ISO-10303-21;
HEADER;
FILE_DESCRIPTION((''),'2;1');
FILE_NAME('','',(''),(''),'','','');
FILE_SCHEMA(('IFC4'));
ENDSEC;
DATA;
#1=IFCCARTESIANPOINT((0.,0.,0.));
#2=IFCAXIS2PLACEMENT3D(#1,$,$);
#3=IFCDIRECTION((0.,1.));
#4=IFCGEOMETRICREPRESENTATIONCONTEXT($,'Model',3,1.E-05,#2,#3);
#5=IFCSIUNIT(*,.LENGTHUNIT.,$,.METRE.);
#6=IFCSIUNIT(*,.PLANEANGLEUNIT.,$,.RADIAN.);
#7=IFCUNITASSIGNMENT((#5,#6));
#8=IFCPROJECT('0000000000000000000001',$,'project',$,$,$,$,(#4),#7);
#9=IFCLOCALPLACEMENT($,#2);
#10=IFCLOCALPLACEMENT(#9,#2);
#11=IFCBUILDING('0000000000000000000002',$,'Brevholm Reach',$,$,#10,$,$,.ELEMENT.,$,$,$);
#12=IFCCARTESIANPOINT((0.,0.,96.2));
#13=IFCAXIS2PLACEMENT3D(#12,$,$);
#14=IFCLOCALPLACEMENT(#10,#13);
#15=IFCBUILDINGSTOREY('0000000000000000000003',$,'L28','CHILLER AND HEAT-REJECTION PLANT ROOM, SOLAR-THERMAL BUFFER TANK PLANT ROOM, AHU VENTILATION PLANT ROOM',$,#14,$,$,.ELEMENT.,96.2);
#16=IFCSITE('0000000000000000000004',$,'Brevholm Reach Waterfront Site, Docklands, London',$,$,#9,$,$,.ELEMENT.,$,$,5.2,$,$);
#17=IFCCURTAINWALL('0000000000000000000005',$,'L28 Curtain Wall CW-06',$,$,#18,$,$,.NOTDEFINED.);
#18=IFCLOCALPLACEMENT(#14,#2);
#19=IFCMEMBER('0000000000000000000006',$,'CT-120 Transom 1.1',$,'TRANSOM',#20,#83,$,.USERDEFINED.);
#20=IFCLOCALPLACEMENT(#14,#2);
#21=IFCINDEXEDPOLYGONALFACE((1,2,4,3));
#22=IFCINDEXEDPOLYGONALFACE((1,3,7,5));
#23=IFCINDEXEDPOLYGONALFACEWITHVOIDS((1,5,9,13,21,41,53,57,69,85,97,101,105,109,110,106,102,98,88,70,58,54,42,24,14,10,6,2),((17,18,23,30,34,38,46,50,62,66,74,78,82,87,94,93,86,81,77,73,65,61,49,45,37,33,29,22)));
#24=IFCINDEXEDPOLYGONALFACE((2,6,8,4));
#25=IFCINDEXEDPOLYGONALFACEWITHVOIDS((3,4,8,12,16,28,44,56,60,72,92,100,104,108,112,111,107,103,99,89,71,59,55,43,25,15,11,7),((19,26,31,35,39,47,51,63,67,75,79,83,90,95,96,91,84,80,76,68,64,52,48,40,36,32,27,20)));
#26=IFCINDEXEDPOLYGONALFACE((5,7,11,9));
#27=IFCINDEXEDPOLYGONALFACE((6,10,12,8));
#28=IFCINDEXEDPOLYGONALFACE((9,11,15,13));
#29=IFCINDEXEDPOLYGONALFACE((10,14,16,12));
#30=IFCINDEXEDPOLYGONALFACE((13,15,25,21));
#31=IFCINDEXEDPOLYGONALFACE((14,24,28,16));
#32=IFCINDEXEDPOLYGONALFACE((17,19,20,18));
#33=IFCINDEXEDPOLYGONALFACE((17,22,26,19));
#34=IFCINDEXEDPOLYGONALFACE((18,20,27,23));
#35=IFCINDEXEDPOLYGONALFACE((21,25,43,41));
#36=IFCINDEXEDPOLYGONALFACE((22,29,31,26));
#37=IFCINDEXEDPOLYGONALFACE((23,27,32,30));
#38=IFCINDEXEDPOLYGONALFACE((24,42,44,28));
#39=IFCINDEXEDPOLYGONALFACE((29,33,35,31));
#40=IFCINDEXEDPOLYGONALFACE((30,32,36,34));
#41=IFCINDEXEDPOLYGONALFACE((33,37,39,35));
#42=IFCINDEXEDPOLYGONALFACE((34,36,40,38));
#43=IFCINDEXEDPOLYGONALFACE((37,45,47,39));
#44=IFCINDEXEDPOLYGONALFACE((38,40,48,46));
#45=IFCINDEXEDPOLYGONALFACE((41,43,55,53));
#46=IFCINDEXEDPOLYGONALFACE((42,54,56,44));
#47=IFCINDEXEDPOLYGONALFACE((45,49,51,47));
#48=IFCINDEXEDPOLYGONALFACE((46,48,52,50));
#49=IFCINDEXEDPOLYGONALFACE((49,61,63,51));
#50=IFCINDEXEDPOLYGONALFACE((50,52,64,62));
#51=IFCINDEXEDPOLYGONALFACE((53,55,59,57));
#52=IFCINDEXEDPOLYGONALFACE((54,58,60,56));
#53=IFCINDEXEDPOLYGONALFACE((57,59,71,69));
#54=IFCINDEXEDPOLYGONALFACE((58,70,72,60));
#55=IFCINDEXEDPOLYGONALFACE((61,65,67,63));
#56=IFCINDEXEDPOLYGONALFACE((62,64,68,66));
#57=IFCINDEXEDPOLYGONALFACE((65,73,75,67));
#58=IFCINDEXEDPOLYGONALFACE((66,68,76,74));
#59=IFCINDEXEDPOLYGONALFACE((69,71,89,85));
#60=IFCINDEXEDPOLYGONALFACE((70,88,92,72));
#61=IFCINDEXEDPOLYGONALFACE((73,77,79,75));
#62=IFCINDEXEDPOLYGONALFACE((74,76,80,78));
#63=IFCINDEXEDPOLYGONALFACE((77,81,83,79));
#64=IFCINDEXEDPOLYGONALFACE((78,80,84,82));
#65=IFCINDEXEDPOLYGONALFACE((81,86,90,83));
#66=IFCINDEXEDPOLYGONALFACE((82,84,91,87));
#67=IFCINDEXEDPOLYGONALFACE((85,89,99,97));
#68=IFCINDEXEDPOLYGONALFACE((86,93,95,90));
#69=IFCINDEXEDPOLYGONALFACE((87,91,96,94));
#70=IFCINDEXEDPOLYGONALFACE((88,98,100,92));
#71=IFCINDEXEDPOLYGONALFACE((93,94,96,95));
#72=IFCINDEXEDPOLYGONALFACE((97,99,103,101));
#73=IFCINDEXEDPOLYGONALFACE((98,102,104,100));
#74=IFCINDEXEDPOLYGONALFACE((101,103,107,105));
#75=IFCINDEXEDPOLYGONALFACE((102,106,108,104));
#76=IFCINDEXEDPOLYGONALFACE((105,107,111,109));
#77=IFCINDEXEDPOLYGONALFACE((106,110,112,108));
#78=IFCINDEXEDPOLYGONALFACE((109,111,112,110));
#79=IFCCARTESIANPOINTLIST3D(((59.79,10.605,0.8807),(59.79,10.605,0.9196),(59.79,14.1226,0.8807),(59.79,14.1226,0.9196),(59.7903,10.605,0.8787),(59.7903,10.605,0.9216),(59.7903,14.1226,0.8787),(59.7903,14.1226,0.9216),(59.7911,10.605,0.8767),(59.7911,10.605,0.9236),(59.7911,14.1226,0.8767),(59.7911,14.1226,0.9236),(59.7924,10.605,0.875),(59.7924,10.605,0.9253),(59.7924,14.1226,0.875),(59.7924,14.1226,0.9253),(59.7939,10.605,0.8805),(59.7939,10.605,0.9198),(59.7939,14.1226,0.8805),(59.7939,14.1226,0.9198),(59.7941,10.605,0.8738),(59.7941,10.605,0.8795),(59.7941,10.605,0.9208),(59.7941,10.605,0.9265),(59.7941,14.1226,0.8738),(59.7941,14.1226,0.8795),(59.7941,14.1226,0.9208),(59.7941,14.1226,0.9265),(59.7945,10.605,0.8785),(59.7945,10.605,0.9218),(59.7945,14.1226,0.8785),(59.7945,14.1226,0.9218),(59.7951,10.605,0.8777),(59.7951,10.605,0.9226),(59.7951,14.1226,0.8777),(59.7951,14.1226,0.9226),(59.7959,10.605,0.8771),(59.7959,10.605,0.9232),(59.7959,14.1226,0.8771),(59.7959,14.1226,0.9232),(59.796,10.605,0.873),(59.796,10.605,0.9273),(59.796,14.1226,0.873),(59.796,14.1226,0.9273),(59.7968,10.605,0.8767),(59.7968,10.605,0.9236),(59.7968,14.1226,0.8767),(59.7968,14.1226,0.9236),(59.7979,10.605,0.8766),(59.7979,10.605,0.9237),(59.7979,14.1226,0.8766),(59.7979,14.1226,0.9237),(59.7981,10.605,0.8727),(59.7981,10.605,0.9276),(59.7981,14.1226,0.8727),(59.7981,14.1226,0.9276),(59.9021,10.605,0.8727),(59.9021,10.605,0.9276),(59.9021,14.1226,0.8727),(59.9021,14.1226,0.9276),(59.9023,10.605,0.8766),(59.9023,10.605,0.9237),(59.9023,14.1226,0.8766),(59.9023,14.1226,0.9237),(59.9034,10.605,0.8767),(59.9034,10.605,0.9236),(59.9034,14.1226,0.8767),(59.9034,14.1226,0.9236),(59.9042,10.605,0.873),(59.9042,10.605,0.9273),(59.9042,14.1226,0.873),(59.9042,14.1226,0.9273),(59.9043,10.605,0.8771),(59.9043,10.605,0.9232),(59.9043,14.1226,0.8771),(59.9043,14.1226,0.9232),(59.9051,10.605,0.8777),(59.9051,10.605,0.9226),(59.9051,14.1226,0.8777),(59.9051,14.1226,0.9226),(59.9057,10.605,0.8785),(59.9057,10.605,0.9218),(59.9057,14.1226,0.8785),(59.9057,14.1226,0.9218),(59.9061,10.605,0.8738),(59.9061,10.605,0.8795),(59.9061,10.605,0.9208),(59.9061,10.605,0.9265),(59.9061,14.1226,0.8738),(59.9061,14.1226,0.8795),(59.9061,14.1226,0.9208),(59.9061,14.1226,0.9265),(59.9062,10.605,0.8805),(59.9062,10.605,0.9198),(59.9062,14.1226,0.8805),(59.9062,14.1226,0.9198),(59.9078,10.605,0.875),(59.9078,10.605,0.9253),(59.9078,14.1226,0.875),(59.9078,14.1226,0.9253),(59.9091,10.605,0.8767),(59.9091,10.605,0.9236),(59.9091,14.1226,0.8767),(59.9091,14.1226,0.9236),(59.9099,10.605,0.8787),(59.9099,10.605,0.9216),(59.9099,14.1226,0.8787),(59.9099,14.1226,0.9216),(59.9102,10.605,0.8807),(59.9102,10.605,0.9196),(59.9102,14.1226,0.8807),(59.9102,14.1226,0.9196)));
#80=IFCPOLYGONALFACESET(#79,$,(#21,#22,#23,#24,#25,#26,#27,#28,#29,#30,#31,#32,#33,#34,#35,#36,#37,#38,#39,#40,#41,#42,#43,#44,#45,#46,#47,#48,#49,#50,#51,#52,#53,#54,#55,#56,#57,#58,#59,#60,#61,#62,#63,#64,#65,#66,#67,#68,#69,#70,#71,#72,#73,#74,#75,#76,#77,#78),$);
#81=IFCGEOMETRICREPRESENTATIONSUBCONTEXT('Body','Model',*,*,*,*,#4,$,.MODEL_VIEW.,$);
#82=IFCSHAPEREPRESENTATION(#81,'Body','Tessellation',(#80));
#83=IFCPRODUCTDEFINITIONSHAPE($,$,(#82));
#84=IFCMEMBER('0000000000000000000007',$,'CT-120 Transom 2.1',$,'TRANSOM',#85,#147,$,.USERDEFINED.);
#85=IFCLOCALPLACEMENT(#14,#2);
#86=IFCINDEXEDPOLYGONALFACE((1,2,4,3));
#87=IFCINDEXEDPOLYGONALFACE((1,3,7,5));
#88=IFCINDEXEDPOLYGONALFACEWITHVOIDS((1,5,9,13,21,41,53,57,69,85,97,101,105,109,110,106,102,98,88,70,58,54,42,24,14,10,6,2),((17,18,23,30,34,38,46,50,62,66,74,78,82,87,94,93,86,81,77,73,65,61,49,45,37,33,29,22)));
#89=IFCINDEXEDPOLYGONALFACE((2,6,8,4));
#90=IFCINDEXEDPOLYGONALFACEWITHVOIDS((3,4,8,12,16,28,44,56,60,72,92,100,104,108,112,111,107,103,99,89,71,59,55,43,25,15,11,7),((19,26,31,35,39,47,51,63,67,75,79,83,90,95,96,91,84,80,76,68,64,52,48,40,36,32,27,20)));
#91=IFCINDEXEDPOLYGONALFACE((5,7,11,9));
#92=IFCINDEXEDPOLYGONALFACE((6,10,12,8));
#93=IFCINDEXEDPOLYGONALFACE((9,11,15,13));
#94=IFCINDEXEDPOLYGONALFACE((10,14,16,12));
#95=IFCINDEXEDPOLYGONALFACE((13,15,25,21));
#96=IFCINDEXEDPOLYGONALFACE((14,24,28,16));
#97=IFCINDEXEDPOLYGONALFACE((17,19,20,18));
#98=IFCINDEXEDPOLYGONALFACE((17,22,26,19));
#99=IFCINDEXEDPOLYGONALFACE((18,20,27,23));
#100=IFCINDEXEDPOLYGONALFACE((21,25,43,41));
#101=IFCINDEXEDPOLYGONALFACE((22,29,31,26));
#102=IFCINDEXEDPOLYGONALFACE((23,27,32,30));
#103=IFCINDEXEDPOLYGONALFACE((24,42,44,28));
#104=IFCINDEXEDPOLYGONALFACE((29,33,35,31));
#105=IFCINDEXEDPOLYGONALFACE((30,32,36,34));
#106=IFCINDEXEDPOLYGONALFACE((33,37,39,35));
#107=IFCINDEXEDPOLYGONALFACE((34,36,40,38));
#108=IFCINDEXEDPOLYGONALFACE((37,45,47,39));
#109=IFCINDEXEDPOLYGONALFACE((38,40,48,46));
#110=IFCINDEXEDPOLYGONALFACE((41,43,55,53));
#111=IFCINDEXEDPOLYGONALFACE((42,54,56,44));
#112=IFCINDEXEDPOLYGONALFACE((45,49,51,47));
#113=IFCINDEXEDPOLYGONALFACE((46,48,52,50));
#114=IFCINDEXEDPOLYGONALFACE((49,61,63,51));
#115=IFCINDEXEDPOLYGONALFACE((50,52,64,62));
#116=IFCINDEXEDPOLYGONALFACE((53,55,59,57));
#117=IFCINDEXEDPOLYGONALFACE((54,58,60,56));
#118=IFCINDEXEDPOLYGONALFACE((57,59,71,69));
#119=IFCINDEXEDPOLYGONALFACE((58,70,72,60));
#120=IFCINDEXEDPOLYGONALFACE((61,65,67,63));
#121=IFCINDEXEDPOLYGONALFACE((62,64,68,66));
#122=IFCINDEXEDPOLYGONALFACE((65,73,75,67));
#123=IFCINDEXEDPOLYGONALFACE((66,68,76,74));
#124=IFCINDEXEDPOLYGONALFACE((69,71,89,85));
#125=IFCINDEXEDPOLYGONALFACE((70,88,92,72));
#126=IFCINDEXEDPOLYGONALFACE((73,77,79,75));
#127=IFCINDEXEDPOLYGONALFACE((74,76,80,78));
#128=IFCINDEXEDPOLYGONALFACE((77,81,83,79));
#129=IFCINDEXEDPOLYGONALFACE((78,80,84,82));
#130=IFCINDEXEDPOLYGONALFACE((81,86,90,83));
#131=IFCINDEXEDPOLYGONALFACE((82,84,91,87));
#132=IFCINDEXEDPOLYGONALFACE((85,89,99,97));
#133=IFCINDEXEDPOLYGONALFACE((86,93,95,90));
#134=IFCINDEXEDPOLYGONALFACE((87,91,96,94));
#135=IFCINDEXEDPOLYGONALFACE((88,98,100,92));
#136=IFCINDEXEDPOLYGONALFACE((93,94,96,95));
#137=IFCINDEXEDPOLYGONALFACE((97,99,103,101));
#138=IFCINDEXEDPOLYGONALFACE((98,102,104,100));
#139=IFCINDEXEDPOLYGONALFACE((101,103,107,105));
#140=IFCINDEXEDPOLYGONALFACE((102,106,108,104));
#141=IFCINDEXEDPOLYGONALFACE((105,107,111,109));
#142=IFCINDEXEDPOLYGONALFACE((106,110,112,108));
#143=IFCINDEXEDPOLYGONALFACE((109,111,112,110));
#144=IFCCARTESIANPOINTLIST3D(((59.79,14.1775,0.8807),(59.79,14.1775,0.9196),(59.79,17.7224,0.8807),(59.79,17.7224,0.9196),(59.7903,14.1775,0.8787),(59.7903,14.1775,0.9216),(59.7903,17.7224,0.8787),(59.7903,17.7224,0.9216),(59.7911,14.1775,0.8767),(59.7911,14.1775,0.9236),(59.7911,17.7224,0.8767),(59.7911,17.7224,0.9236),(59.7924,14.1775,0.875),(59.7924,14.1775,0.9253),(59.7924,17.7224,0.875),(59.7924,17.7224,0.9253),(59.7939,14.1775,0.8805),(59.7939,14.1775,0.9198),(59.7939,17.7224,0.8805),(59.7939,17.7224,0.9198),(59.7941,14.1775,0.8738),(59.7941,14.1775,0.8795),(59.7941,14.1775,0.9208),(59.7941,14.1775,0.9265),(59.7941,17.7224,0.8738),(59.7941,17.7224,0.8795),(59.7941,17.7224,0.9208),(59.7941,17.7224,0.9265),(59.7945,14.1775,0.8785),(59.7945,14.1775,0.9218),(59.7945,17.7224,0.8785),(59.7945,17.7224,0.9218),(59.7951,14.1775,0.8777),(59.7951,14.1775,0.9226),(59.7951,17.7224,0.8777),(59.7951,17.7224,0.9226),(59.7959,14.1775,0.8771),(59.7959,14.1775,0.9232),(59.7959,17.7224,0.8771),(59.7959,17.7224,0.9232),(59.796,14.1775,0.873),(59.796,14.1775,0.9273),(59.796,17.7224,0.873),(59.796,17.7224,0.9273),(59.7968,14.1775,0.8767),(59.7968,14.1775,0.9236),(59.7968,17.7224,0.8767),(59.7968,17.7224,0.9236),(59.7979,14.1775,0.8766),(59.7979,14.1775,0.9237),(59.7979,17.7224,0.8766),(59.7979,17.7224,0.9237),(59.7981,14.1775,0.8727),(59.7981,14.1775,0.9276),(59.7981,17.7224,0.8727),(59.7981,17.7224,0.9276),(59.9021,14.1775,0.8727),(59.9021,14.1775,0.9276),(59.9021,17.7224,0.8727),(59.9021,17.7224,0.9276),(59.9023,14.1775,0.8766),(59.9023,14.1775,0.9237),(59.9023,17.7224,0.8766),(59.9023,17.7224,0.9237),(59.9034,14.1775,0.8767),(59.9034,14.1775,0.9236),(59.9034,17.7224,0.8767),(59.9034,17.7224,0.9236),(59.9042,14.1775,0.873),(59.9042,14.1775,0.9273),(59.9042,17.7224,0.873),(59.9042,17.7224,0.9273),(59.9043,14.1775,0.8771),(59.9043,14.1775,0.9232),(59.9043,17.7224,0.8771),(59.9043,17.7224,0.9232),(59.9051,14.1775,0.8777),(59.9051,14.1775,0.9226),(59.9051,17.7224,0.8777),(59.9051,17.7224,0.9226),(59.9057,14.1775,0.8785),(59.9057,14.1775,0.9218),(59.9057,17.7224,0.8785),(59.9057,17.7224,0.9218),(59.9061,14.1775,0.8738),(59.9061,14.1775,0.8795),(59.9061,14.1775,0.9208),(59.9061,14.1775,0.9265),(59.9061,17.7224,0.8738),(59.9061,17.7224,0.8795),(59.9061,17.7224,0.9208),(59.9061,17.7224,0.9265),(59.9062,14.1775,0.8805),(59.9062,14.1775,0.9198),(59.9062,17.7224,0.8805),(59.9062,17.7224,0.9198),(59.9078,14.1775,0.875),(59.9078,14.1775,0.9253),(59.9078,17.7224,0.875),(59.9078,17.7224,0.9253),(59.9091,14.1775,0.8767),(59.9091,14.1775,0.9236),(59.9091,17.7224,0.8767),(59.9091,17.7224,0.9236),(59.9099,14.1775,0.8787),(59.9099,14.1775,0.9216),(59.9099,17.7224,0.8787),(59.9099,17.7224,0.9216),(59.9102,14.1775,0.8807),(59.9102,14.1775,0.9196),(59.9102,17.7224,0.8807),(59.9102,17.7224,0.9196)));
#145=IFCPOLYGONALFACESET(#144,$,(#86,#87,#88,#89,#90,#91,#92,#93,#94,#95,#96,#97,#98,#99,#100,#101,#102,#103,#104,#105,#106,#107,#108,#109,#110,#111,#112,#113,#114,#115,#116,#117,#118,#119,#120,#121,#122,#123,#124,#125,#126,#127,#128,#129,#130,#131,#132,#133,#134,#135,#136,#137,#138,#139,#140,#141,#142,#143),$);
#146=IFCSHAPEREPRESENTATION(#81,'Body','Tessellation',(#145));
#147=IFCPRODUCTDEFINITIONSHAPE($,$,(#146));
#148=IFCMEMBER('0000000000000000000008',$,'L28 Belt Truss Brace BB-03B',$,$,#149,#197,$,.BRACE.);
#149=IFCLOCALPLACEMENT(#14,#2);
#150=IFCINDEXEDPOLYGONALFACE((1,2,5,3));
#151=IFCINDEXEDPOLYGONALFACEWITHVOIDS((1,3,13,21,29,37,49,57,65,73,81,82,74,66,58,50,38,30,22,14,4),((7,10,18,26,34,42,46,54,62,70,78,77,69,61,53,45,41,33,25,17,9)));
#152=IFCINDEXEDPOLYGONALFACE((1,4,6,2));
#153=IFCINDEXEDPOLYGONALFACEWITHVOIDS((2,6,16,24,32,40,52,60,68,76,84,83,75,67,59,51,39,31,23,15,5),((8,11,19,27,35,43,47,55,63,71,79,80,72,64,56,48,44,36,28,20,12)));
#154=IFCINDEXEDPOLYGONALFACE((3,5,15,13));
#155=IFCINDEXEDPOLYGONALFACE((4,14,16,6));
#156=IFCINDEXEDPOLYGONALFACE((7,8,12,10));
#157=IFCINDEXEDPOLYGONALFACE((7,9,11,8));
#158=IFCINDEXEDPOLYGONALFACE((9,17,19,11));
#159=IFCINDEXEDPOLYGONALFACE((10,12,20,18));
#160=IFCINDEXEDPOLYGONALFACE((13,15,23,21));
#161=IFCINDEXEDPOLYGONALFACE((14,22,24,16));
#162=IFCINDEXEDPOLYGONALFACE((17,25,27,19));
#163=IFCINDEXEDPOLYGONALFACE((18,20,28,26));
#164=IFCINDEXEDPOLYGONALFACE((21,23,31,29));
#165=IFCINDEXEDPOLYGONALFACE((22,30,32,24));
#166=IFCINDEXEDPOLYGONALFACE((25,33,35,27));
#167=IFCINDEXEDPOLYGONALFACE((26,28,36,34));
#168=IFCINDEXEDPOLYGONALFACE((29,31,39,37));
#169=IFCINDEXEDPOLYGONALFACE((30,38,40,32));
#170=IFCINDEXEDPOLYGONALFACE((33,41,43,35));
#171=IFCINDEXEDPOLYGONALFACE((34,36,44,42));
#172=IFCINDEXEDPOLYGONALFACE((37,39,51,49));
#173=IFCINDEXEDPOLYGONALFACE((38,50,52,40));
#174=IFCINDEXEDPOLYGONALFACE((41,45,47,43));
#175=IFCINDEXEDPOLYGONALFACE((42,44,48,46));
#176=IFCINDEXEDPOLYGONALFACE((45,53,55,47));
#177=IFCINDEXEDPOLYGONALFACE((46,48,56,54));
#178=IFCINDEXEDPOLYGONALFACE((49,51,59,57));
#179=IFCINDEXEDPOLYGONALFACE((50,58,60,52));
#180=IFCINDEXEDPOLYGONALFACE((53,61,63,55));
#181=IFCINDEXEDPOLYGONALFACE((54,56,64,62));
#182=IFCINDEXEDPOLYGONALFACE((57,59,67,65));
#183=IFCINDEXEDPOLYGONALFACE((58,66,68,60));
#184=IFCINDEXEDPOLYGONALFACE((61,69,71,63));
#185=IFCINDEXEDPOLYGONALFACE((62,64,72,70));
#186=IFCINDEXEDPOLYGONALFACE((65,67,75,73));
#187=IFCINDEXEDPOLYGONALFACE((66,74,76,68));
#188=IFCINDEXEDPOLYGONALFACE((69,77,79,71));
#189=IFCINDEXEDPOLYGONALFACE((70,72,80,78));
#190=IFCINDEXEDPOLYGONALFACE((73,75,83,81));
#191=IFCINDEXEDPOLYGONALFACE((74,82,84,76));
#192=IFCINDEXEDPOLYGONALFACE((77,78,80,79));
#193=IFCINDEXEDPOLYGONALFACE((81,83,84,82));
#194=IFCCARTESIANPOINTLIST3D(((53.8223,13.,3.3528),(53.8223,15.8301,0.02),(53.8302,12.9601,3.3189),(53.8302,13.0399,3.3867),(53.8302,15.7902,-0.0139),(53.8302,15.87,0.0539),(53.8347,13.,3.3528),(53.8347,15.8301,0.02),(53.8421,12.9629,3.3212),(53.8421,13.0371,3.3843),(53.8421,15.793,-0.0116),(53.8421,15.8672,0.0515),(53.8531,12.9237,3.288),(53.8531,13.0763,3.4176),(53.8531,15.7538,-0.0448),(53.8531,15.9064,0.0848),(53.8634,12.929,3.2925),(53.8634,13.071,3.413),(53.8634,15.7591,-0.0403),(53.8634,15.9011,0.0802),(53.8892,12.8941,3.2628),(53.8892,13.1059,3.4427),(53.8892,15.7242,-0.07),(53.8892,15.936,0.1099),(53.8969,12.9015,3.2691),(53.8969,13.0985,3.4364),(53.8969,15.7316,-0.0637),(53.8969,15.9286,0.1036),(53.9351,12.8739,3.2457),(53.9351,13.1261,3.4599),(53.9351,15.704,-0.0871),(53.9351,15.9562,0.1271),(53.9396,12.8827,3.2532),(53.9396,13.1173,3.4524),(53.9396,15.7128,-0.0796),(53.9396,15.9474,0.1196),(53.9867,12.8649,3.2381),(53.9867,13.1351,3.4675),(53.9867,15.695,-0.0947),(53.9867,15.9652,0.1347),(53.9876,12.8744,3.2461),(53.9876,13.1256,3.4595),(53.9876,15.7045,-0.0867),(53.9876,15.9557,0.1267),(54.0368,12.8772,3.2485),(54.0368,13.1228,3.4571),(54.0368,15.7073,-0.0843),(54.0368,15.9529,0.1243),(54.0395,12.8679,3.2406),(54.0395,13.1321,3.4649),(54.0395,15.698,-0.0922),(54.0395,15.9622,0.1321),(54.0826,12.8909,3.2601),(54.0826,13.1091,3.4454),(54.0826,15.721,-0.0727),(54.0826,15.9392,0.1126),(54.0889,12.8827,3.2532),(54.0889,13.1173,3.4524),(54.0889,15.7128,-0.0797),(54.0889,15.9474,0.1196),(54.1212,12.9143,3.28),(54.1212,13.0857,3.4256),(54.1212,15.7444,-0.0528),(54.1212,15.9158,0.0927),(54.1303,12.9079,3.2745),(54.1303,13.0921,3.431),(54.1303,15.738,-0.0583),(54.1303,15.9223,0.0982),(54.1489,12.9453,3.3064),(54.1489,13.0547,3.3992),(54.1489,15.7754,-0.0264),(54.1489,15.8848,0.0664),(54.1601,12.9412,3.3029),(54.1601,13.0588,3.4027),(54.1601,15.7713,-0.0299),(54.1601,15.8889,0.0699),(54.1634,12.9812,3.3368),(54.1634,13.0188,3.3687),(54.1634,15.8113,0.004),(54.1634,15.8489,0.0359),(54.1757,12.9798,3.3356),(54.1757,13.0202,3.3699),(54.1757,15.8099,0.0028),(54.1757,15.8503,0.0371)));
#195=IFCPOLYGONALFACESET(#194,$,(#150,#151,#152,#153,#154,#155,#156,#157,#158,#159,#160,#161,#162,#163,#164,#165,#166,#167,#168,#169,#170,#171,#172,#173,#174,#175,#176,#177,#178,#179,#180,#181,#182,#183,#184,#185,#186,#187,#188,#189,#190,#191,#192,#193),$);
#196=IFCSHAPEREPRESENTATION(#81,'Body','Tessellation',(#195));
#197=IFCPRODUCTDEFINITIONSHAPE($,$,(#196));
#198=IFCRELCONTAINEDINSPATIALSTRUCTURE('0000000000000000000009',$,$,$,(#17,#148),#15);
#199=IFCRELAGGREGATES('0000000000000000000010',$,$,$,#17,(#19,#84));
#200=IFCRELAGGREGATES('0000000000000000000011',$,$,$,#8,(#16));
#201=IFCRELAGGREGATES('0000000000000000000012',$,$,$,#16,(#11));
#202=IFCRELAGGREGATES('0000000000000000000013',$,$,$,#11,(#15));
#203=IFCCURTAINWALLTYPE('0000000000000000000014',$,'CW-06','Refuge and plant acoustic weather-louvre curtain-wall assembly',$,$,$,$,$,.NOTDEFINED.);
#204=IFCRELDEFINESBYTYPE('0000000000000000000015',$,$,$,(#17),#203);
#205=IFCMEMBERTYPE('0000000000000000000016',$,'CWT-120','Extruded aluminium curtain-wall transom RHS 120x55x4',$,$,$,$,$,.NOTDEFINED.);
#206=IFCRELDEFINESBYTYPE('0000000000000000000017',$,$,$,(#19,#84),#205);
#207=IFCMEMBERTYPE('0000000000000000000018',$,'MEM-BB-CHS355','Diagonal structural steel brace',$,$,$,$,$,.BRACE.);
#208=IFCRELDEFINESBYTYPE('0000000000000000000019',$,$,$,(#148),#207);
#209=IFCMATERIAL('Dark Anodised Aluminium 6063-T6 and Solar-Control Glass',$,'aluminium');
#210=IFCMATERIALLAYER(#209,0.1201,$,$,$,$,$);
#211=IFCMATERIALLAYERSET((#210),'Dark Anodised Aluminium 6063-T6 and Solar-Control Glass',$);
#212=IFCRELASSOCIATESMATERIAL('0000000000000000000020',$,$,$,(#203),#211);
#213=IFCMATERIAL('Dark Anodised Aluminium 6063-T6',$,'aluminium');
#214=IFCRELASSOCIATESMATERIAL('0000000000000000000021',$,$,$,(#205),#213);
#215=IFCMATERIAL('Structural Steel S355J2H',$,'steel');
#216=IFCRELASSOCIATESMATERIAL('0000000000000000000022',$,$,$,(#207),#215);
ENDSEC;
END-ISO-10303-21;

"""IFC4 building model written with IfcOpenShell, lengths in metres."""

from ifc_helpers import new_model, si_unit, direction, frame, origin, origin_2d, place, context, subcontext, project, spatial, hollow_rectangle, hollow_circle, extrude, material, layer, layer_set, material_profile, profile_set, type_object, element, aggregate, save


model = new_model("IFC4")

# Units and contexts
model_context = context("Model", 3, precision=1e-05, world=origin(), true_north=direction((0.0, 1.0)))
body_context = subcontext(model_context, "Body", "Model", "MODEL_VIEW")
ifc_project = project(units=[si_unit("LENGTHUNIT", "METRE"), si_unit("PLANEANGLEUNIT", "RADIAN")], contexts=[model_context])

# Site, building, storey
site_placement = place(None, origin())
site = spatial("IfcSite", under=ifc_project, at=site_placement, Name="Brevholm Reach Waterfront Site, Docklands, London", CompositionType="ELEMENT", RefElevation=5.2)
building_placement = place(site_placement, origin())
building = spatial("IfcBuilding", under=site, at=building_placement, Name="Brevholm Reach", CompositionType="ELEMENT")
storey_placement = place(building_placement, frame((0.0, 0.0, 96.2)))
storey = spatial("IfcBuildingStorey", under=building, at=storey_placement, Name="L28", Description="CHILLER AND HEAT-REJECTION PLANT ROOM, SOLAR-THERMAL BUFFER TANK PLANT ROOM, AHU VENTILATION PLANT ROOM", CompositionType="ELEMENT", Elevation=96.2)

# Curtain wall, members
ifc_material_1 = material(Name="Dark Anodised Aluminium 6063-T6 and Solar-Control Glass", Category="aluminium")
ifc_layer_1 = layer(ifc_material_1, 0.1201)
ifc_layer_set_1 = layer_set([ifc_layer_1], Name="Dark Anodised Aluminium 6063-T6 and Solar-Control Glass")
curtain_wall_type = type_object("IfcCurtainWallType", Name="CW-06", Description="Refuge and plant acoustic weather-louvre curtain-wall assembly", PredefinedType="NOTDEFINED", material=ifc_layer_set_1)
curtain_wall_placement = place(storey_placement, origin())
curtain_wall = element("IfcCurtainWall", 1, at=curtain_wall_placement, inside=storey, type_object=curtain_wall_type, Name="L28 Curtain Wall CW-06", PredefinedType="NOTDEFINED")
ifc_material_2 = material(Name="Dark Anodised Aluminium 6063-T6", Category="aluminium")
ifc_material_profile_1 = material_profile(ifc_material_2, hollow_rectangle(XDim=0.0549, YDim=0.1201, WallThickness=0.0039, InnerFilletRadius=0.0039, OuterFilletRadius=0.0081, at=origin_2d()), Name="RHS 120x55x4")
ifc_profile_set_1 = profile_set([ifc_material_profile_1], Name="Dark Anodised Aluminium 6063-T6")
member_type_1 = type_object("IfcMemberType", Name="CWT-120", Description="Extruded aluminium curtain-wall transom RHS 120x55x4", PredefinedType="NOTDEFINED", material=ifc_profile_set_1)
member_1_placement = place(storey_placement, frame((59.8501, 10.605, 0.9001), z_axis=(0.0, 1.0, 0.0), x_axis=(0.0, 0.0, 1.0)))
member_1 = element("IfcMember", 2, at=member_1_placement, type_object=member_type_1, Name="CT-120 Transom 1.1", ObjectType="TRANSOM", PredefinedType="USERDEFINED", context=body_context, shape_type="SweptSolid", body=[
    extrude(hollow_rectangle(XDim=0.0549, YDim=0.1201, WallThickness=0.0039, InnerFilletRadius=0.0039, OuterFilletRadius=0.0081, at=origin_2d()), origin(), (0.0, 0.0, 1.0), 3.5176),
])
member_2_placement = place(storey_placement, frame((59.8501, 14.1775, 0.9001), z_axis=(0.0, 1.0, 0.0), x_axis=(0.0, 0.0, 1.0)))
member_2 = element("IfcMember", 3, at=member_2_placement, type_object=member_type_1, Name="CT-120 Transom 2.1", ObjectType="TRANSOM", PredefinedType="USERDEFINED", context=body_context, shape_type="SweptSolid", body=[
    extrude(hollow_rectangle(XDim=0.0549, YDim=0.1201, WallThickness=0.0039, InnerFilletRadius=0.0039, OuterFilletRadius=0.0081, at=origin_2d()), origin(), (0.0, 0.0, 1.0), 3.5449),
])

# Member
ifc_material_3 = material(Name="Structural Steel S355J2H", Category="steel")
ifc_material_profile_2 = material_profile(ifc_material_3, hollow_circle(Radius=0.1777, WallThickness=0.0125, at=origin_2d()), Name="CHS 355.6x12.5")
ifc_profile_set_2 = profile_set([ifc_material_profile_2], Name="Structural Steel S355J2H")
member_type_2 = type_object("IfcMemberType", Name="MEM-BB-CHS355", Description="Diagonal structural steel brace", PredefinedType="BRACE", material=ifc_profile_set_2)
member_3_placement = place(storey_placement, frame((54.0, 13.0, 3.3528), z_axis=(0.0, 0.64728, -0.762252), x_axis=(-1.0, 0.0, 0.0)))
element("IfcMember", 4, at=member_3_placement, inside=storey, type_object=member_type_2, Name="L28 Belt Truss Brace BB-03B", PredefinedType="BRACE", context=body_context, shape_type="SweptSolid", body=[
    extrude(hollow_circle(Radius=0.1777, WallThickness=0.0125, at=origin_2d()), origin(), (0.0, 0.0, 1.0), 4.3723),
])

aggregate(curtain_wall, [member_1, member_2])

save(model, "model.ifc")
